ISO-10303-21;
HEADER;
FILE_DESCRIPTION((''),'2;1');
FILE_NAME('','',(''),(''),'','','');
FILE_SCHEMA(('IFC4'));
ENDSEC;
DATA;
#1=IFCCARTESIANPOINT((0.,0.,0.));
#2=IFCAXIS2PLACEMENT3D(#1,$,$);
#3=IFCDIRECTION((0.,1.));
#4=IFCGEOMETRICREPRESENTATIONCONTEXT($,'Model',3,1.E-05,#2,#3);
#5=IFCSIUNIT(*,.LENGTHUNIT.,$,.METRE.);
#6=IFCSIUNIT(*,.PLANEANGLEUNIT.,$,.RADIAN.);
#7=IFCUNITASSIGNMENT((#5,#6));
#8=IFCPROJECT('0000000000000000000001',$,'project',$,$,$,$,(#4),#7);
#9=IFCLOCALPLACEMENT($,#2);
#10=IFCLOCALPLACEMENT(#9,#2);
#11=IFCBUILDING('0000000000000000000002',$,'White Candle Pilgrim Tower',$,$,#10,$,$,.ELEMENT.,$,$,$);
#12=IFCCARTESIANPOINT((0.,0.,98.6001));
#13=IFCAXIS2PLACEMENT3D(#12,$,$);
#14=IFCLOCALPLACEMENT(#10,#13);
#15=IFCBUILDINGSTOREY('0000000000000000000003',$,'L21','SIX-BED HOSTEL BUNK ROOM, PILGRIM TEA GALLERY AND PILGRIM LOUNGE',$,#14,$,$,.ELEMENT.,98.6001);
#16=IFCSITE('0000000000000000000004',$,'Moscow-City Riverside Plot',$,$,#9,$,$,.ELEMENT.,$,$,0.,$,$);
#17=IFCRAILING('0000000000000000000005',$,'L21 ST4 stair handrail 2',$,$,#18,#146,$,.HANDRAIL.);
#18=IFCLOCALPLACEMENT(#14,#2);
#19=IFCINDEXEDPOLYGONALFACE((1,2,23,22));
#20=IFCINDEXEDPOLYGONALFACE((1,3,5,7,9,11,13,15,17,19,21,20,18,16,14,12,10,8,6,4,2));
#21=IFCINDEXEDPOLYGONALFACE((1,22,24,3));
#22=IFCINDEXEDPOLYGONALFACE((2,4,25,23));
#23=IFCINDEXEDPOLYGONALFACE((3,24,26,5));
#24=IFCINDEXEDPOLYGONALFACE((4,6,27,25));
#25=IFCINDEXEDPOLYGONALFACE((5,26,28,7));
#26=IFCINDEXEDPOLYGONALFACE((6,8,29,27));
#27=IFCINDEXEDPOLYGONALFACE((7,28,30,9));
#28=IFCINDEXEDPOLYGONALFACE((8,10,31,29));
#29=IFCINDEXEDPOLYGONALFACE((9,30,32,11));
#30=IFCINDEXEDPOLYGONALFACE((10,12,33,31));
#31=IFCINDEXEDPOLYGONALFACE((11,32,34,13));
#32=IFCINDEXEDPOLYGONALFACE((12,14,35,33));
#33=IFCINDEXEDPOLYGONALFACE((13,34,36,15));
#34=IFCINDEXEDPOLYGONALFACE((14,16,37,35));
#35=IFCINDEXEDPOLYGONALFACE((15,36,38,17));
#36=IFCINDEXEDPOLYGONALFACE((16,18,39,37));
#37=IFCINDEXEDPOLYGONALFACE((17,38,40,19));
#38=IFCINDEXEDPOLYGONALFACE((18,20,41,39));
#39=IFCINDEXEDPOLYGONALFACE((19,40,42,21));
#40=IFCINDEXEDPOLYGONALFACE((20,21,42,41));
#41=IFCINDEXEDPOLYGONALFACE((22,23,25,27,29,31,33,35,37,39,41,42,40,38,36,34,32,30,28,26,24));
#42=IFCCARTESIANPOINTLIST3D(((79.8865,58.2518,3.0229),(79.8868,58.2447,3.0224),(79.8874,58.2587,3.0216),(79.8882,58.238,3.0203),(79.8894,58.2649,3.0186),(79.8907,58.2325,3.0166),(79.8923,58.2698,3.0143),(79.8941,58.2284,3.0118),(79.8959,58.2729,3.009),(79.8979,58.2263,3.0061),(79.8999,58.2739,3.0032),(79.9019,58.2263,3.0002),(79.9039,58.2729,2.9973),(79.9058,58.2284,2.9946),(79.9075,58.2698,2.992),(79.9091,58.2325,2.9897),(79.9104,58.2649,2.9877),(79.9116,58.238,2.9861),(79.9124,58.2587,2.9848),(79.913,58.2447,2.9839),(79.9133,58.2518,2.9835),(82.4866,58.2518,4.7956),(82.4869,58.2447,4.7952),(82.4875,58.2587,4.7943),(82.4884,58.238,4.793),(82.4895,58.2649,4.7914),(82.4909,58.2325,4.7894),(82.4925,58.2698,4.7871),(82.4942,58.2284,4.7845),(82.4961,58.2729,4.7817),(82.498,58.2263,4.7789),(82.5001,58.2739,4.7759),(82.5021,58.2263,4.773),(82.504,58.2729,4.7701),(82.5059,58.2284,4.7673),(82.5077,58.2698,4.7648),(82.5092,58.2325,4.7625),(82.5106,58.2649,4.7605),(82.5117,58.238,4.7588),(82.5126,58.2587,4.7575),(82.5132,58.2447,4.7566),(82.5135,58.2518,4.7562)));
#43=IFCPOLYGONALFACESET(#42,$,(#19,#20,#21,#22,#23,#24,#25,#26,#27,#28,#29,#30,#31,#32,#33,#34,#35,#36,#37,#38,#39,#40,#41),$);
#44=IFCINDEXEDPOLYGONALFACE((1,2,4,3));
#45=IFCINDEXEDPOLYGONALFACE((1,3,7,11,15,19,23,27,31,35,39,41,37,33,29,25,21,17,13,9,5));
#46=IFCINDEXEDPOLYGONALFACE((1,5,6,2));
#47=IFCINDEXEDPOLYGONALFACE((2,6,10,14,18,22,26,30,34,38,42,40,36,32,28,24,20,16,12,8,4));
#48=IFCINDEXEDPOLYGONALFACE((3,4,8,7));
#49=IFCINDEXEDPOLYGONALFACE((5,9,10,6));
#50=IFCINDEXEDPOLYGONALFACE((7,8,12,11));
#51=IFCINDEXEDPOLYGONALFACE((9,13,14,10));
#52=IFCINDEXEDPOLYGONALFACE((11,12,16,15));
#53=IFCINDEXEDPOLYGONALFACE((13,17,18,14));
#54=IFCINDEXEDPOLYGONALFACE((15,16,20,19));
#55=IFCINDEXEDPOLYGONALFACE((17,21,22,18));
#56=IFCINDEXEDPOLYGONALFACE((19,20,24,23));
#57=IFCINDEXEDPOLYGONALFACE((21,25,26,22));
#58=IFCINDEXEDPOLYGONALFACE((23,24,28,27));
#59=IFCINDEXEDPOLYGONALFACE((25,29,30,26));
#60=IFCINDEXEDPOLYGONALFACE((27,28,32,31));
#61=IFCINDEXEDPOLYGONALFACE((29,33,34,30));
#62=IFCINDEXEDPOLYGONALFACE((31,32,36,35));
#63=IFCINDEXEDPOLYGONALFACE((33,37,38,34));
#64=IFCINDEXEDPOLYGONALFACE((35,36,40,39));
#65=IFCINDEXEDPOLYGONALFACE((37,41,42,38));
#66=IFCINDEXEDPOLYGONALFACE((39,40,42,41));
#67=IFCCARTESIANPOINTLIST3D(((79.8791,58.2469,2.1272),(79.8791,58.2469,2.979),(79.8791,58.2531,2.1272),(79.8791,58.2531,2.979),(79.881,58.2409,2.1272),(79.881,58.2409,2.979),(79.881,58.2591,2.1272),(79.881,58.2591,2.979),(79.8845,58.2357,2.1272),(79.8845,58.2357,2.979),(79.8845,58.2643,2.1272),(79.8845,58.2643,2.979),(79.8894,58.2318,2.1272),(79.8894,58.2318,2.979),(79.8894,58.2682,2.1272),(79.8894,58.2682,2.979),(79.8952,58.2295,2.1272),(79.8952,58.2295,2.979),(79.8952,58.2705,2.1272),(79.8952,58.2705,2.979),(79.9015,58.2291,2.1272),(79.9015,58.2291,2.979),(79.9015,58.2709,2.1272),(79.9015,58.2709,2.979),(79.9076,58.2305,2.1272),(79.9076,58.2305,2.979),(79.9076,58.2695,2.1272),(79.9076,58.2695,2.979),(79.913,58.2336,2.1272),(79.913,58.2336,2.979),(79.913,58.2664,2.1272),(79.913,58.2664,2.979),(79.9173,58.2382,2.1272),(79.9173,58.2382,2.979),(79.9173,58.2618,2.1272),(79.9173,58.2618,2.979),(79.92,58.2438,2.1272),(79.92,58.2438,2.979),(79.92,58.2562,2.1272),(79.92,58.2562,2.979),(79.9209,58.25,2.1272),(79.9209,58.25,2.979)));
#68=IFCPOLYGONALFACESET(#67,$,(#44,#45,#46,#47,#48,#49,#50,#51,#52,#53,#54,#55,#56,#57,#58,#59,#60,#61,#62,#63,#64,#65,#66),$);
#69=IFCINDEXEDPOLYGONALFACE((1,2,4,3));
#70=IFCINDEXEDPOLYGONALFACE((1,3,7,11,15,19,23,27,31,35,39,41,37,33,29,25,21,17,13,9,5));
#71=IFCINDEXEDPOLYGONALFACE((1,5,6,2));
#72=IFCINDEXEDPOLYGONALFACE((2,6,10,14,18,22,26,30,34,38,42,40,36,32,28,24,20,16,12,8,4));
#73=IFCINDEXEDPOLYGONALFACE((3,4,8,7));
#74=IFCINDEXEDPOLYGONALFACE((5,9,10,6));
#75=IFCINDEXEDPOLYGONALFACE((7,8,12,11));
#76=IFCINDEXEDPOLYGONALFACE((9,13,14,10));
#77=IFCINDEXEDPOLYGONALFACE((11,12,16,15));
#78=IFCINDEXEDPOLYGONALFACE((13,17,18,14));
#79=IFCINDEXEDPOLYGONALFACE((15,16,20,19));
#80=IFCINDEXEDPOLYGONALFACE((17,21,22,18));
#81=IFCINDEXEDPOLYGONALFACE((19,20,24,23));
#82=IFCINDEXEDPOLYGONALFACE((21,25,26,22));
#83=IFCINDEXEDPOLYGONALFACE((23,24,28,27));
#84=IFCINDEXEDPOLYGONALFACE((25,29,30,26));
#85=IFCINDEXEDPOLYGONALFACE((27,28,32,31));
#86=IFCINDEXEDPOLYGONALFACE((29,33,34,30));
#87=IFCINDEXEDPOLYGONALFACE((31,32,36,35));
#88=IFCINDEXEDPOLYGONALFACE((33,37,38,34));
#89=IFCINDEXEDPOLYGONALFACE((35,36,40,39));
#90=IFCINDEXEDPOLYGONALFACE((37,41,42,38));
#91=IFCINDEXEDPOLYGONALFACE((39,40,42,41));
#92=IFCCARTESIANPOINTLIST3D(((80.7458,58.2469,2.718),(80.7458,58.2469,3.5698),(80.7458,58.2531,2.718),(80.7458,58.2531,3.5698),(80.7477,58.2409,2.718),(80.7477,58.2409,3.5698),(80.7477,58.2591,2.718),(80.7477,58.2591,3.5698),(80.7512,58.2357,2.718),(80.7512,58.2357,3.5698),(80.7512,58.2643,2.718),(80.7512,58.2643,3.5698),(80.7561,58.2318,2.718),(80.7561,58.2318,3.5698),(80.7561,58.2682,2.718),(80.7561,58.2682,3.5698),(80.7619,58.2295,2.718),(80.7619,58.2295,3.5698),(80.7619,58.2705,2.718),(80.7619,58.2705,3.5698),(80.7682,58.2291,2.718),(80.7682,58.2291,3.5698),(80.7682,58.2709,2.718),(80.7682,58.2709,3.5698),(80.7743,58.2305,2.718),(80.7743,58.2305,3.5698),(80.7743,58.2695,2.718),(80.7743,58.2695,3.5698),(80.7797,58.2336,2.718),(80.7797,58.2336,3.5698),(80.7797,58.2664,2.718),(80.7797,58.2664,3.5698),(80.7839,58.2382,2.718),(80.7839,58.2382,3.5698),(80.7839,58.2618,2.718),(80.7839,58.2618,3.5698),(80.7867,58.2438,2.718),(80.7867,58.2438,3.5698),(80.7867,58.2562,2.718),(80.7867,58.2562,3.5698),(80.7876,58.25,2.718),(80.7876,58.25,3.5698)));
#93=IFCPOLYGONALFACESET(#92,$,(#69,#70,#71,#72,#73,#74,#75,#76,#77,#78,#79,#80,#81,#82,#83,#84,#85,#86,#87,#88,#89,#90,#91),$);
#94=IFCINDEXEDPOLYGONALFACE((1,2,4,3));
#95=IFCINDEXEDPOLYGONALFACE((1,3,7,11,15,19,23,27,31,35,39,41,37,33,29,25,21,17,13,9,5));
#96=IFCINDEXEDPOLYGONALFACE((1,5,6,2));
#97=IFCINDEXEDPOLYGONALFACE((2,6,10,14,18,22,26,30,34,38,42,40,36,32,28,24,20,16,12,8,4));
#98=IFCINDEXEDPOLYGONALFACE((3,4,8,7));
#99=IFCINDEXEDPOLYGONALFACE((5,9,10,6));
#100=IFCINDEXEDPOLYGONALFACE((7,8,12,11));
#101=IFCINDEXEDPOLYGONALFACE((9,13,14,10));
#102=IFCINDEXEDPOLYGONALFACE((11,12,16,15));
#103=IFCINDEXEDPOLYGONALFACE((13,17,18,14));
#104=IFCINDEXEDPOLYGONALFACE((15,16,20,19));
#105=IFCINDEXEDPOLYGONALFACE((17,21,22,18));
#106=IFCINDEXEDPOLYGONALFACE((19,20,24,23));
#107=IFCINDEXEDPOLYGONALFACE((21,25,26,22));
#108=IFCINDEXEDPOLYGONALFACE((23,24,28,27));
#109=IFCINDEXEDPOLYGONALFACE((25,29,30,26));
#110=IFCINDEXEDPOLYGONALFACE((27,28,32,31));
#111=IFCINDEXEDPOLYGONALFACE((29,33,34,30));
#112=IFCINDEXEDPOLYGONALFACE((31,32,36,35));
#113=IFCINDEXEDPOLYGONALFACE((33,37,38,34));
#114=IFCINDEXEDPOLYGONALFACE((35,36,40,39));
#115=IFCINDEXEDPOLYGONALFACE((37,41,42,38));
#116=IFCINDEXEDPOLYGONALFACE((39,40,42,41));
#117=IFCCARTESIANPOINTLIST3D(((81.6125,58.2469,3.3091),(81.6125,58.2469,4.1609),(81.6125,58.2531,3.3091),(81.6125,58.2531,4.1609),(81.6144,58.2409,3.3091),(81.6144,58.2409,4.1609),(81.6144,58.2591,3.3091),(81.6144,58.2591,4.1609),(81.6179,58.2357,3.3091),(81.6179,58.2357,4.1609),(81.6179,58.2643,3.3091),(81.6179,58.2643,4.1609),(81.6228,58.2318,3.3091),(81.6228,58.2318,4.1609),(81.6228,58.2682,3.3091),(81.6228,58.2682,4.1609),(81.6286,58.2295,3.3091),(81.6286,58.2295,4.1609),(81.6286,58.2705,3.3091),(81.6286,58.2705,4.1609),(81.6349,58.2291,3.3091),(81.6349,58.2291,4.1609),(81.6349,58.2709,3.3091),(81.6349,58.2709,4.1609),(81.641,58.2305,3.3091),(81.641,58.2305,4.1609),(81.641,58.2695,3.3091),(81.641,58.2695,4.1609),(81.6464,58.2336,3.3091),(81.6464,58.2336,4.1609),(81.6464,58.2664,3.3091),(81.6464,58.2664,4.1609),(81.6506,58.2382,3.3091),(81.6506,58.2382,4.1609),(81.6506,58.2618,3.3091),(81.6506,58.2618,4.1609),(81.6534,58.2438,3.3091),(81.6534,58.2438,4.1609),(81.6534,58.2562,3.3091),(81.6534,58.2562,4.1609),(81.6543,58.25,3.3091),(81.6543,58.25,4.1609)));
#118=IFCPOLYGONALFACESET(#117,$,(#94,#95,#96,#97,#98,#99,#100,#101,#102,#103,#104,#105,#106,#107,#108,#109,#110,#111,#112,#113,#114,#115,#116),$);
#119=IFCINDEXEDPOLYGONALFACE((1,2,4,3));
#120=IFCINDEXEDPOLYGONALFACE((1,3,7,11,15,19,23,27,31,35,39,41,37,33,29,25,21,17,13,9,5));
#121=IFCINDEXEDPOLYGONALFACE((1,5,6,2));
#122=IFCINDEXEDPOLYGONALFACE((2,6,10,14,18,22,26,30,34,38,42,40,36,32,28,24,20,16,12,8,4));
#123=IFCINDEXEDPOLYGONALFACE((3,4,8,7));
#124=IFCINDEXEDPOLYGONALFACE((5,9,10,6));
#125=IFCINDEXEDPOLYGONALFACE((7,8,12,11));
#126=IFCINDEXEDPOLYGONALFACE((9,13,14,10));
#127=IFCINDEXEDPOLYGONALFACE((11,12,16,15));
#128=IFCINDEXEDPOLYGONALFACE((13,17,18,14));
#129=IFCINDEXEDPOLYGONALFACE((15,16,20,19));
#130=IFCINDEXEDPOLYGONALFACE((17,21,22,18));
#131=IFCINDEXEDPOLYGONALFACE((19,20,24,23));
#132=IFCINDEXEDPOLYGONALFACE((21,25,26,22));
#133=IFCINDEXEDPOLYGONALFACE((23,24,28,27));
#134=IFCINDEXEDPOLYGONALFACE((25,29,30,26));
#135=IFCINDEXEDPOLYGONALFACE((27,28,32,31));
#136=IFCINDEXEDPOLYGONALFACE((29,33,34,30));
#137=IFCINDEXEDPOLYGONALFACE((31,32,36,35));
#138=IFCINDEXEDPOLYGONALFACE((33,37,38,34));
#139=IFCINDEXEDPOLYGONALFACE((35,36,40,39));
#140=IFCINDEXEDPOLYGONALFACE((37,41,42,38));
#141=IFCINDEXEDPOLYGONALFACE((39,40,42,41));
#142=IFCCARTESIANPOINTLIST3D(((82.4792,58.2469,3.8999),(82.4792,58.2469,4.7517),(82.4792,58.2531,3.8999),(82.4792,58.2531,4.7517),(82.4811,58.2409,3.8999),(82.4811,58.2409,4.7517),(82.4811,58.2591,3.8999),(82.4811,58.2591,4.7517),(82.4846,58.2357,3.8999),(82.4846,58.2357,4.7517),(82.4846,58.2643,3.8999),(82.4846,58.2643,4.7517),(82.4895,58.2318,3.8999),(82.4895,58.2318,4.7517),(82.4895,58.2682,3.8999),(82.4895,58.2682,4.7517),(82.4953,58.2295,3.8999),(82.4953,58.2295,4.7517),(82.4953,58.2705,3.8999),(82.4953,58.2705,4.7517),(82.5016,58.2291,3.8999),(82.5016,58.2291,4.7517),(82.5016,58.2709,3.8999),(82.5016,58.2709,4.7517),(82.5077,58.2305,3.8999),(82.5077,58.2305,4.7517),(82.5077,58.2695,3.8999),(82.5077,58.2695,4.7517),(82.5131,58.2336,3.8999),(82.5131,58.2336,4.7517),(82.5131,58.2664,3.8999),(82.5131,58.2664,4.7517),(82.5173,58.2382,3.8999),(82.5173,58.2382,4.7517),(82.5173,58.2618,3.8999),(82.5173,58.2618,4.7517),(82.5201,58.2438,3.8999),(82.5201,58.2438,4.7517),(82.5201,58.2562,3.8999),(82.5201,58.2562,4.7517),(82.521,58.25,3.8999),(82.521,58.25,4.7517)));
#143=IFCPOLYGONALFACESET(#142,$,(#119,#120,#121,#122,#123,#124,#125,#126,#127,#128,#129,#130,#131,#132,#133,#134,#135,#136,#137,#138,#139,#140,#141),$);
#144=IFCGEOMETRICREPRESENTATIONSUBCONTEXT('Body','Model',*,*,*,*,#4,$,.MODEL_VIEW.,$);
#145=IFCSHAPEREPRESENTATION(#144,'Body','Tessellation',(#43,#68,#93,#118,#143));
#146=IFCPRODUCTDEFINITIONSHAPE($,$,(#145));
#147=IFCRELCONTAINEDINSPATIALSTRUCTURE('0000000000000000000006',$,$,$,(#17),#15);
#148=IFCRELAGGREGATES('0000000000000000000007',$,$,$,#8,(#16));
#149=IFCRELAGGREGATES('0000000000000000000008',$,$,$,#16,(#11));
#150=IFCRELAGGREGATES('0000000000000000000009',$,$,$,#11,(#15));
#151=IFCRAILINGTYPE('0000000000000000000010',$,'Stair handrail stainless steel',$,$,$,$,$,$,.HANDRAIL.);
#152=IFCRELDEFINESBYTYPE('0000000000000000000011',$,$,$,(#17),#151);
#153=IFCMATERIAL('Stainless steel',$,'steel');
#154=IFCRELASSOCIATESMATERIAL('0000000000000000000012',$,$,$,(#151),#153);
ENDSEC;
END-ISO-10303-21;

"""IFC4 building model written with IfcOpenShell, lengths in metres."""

from ifc_helpers import new_model, si_unit, direction, frame, origin, origin_2d, place, context, subcontext, project, spatial, circle, extrude, material, type_object, element, save


model = new_model("IFC4")

# Units and contexts
model_context = context("Model", 3, precision=1e-05, world=origin(), true_north=direction((0.0, 1.0)))
body_context = subcontext(model_context, "Body", "Model", "MODEL_VIEW")
ifc_project = project(units=[si_unit("LENGTHUNIT", "METRE"), si_unit("PLANEANGLEUNIT", "RADIAN")], contexts=[model_context])

# Site, building, storey
site_placement = place(None, origin())
site = spatial("IfcSite", under=ifc_project, at=site_placement, Name="Moscow-City Riverside Plot", CompositionType="ELEMENT", RefElevation=0.0)
building_placement = place(site_placement, origin())
building = spatial("IfcBuilding", under=site, at=building_placement, Name="White Candle Pilgrim Tower", CompositionType="ELEMENT")
storey_placement = place(building_placement, frame((0.0, 0.0, 98.6001)))
storey = spatial("IfcBuildingStorey", under=building, at=storey_placement, Name="L21", Description="SIX-BED HOSTEL BUNK ROOM, PILGRIM TEA GALLERY AND PILGRIM LOUNGE", CompositionType="ELEMENT", Elevation=98.6001)

# Railing
ifc_material_1 = material(Name="Stainless steel", Category="steel")
railing_type_1 = type_object("IfcRailingType", Name="Stair handrail stainless steel", PredefinedType="HANDRAIL", material=ifc_material_1)
railing_1_placement = place(storey_placement, frame((79.8999, 58.25, 2.1272)))
element("IfcRailing", 1, at=railing_1_placement, inside=storey, type_object=railing_type_1, Name="L21 ST4 stair handrail 2", PredefinedType="HANDRAIL", context=body_context, shape_type="SweptSolid", body=[
    extrude(circle(Radius=0.0239, at=origin_2d()), frame((0.0, 0.0, 0.876), z_axis=(0.82624, 0.0, 0.563318), x_axis=(0.0, 1.0, 0.0)), (0.0, 0.0, 1.0), 3.147),
    extrude(circle(Radius=0.021, at=origin_2d()), origin(), (0.0, 0.0, 1.0), 0.8518),
    extrude(circle(Radius=0.021, at=origin_2d()), frame((0.8667, 0.0, 0.5908)), (0.0, 0.0, 1.0), 0.8518),
    extrude(circle(Radius=0.021, at=origin_2d()), frame((1.7334, 0.0, 1.1819)), (0.0, 0.0, 1.0), 0.8518),
    extrude(circle(Radius=0.021, at=origin_2d()), frame((2.6001, 0.0, 1.7727)), (0.0, 0.0, 1.0), 0.8518),
])

save(model, "model.ifc")
